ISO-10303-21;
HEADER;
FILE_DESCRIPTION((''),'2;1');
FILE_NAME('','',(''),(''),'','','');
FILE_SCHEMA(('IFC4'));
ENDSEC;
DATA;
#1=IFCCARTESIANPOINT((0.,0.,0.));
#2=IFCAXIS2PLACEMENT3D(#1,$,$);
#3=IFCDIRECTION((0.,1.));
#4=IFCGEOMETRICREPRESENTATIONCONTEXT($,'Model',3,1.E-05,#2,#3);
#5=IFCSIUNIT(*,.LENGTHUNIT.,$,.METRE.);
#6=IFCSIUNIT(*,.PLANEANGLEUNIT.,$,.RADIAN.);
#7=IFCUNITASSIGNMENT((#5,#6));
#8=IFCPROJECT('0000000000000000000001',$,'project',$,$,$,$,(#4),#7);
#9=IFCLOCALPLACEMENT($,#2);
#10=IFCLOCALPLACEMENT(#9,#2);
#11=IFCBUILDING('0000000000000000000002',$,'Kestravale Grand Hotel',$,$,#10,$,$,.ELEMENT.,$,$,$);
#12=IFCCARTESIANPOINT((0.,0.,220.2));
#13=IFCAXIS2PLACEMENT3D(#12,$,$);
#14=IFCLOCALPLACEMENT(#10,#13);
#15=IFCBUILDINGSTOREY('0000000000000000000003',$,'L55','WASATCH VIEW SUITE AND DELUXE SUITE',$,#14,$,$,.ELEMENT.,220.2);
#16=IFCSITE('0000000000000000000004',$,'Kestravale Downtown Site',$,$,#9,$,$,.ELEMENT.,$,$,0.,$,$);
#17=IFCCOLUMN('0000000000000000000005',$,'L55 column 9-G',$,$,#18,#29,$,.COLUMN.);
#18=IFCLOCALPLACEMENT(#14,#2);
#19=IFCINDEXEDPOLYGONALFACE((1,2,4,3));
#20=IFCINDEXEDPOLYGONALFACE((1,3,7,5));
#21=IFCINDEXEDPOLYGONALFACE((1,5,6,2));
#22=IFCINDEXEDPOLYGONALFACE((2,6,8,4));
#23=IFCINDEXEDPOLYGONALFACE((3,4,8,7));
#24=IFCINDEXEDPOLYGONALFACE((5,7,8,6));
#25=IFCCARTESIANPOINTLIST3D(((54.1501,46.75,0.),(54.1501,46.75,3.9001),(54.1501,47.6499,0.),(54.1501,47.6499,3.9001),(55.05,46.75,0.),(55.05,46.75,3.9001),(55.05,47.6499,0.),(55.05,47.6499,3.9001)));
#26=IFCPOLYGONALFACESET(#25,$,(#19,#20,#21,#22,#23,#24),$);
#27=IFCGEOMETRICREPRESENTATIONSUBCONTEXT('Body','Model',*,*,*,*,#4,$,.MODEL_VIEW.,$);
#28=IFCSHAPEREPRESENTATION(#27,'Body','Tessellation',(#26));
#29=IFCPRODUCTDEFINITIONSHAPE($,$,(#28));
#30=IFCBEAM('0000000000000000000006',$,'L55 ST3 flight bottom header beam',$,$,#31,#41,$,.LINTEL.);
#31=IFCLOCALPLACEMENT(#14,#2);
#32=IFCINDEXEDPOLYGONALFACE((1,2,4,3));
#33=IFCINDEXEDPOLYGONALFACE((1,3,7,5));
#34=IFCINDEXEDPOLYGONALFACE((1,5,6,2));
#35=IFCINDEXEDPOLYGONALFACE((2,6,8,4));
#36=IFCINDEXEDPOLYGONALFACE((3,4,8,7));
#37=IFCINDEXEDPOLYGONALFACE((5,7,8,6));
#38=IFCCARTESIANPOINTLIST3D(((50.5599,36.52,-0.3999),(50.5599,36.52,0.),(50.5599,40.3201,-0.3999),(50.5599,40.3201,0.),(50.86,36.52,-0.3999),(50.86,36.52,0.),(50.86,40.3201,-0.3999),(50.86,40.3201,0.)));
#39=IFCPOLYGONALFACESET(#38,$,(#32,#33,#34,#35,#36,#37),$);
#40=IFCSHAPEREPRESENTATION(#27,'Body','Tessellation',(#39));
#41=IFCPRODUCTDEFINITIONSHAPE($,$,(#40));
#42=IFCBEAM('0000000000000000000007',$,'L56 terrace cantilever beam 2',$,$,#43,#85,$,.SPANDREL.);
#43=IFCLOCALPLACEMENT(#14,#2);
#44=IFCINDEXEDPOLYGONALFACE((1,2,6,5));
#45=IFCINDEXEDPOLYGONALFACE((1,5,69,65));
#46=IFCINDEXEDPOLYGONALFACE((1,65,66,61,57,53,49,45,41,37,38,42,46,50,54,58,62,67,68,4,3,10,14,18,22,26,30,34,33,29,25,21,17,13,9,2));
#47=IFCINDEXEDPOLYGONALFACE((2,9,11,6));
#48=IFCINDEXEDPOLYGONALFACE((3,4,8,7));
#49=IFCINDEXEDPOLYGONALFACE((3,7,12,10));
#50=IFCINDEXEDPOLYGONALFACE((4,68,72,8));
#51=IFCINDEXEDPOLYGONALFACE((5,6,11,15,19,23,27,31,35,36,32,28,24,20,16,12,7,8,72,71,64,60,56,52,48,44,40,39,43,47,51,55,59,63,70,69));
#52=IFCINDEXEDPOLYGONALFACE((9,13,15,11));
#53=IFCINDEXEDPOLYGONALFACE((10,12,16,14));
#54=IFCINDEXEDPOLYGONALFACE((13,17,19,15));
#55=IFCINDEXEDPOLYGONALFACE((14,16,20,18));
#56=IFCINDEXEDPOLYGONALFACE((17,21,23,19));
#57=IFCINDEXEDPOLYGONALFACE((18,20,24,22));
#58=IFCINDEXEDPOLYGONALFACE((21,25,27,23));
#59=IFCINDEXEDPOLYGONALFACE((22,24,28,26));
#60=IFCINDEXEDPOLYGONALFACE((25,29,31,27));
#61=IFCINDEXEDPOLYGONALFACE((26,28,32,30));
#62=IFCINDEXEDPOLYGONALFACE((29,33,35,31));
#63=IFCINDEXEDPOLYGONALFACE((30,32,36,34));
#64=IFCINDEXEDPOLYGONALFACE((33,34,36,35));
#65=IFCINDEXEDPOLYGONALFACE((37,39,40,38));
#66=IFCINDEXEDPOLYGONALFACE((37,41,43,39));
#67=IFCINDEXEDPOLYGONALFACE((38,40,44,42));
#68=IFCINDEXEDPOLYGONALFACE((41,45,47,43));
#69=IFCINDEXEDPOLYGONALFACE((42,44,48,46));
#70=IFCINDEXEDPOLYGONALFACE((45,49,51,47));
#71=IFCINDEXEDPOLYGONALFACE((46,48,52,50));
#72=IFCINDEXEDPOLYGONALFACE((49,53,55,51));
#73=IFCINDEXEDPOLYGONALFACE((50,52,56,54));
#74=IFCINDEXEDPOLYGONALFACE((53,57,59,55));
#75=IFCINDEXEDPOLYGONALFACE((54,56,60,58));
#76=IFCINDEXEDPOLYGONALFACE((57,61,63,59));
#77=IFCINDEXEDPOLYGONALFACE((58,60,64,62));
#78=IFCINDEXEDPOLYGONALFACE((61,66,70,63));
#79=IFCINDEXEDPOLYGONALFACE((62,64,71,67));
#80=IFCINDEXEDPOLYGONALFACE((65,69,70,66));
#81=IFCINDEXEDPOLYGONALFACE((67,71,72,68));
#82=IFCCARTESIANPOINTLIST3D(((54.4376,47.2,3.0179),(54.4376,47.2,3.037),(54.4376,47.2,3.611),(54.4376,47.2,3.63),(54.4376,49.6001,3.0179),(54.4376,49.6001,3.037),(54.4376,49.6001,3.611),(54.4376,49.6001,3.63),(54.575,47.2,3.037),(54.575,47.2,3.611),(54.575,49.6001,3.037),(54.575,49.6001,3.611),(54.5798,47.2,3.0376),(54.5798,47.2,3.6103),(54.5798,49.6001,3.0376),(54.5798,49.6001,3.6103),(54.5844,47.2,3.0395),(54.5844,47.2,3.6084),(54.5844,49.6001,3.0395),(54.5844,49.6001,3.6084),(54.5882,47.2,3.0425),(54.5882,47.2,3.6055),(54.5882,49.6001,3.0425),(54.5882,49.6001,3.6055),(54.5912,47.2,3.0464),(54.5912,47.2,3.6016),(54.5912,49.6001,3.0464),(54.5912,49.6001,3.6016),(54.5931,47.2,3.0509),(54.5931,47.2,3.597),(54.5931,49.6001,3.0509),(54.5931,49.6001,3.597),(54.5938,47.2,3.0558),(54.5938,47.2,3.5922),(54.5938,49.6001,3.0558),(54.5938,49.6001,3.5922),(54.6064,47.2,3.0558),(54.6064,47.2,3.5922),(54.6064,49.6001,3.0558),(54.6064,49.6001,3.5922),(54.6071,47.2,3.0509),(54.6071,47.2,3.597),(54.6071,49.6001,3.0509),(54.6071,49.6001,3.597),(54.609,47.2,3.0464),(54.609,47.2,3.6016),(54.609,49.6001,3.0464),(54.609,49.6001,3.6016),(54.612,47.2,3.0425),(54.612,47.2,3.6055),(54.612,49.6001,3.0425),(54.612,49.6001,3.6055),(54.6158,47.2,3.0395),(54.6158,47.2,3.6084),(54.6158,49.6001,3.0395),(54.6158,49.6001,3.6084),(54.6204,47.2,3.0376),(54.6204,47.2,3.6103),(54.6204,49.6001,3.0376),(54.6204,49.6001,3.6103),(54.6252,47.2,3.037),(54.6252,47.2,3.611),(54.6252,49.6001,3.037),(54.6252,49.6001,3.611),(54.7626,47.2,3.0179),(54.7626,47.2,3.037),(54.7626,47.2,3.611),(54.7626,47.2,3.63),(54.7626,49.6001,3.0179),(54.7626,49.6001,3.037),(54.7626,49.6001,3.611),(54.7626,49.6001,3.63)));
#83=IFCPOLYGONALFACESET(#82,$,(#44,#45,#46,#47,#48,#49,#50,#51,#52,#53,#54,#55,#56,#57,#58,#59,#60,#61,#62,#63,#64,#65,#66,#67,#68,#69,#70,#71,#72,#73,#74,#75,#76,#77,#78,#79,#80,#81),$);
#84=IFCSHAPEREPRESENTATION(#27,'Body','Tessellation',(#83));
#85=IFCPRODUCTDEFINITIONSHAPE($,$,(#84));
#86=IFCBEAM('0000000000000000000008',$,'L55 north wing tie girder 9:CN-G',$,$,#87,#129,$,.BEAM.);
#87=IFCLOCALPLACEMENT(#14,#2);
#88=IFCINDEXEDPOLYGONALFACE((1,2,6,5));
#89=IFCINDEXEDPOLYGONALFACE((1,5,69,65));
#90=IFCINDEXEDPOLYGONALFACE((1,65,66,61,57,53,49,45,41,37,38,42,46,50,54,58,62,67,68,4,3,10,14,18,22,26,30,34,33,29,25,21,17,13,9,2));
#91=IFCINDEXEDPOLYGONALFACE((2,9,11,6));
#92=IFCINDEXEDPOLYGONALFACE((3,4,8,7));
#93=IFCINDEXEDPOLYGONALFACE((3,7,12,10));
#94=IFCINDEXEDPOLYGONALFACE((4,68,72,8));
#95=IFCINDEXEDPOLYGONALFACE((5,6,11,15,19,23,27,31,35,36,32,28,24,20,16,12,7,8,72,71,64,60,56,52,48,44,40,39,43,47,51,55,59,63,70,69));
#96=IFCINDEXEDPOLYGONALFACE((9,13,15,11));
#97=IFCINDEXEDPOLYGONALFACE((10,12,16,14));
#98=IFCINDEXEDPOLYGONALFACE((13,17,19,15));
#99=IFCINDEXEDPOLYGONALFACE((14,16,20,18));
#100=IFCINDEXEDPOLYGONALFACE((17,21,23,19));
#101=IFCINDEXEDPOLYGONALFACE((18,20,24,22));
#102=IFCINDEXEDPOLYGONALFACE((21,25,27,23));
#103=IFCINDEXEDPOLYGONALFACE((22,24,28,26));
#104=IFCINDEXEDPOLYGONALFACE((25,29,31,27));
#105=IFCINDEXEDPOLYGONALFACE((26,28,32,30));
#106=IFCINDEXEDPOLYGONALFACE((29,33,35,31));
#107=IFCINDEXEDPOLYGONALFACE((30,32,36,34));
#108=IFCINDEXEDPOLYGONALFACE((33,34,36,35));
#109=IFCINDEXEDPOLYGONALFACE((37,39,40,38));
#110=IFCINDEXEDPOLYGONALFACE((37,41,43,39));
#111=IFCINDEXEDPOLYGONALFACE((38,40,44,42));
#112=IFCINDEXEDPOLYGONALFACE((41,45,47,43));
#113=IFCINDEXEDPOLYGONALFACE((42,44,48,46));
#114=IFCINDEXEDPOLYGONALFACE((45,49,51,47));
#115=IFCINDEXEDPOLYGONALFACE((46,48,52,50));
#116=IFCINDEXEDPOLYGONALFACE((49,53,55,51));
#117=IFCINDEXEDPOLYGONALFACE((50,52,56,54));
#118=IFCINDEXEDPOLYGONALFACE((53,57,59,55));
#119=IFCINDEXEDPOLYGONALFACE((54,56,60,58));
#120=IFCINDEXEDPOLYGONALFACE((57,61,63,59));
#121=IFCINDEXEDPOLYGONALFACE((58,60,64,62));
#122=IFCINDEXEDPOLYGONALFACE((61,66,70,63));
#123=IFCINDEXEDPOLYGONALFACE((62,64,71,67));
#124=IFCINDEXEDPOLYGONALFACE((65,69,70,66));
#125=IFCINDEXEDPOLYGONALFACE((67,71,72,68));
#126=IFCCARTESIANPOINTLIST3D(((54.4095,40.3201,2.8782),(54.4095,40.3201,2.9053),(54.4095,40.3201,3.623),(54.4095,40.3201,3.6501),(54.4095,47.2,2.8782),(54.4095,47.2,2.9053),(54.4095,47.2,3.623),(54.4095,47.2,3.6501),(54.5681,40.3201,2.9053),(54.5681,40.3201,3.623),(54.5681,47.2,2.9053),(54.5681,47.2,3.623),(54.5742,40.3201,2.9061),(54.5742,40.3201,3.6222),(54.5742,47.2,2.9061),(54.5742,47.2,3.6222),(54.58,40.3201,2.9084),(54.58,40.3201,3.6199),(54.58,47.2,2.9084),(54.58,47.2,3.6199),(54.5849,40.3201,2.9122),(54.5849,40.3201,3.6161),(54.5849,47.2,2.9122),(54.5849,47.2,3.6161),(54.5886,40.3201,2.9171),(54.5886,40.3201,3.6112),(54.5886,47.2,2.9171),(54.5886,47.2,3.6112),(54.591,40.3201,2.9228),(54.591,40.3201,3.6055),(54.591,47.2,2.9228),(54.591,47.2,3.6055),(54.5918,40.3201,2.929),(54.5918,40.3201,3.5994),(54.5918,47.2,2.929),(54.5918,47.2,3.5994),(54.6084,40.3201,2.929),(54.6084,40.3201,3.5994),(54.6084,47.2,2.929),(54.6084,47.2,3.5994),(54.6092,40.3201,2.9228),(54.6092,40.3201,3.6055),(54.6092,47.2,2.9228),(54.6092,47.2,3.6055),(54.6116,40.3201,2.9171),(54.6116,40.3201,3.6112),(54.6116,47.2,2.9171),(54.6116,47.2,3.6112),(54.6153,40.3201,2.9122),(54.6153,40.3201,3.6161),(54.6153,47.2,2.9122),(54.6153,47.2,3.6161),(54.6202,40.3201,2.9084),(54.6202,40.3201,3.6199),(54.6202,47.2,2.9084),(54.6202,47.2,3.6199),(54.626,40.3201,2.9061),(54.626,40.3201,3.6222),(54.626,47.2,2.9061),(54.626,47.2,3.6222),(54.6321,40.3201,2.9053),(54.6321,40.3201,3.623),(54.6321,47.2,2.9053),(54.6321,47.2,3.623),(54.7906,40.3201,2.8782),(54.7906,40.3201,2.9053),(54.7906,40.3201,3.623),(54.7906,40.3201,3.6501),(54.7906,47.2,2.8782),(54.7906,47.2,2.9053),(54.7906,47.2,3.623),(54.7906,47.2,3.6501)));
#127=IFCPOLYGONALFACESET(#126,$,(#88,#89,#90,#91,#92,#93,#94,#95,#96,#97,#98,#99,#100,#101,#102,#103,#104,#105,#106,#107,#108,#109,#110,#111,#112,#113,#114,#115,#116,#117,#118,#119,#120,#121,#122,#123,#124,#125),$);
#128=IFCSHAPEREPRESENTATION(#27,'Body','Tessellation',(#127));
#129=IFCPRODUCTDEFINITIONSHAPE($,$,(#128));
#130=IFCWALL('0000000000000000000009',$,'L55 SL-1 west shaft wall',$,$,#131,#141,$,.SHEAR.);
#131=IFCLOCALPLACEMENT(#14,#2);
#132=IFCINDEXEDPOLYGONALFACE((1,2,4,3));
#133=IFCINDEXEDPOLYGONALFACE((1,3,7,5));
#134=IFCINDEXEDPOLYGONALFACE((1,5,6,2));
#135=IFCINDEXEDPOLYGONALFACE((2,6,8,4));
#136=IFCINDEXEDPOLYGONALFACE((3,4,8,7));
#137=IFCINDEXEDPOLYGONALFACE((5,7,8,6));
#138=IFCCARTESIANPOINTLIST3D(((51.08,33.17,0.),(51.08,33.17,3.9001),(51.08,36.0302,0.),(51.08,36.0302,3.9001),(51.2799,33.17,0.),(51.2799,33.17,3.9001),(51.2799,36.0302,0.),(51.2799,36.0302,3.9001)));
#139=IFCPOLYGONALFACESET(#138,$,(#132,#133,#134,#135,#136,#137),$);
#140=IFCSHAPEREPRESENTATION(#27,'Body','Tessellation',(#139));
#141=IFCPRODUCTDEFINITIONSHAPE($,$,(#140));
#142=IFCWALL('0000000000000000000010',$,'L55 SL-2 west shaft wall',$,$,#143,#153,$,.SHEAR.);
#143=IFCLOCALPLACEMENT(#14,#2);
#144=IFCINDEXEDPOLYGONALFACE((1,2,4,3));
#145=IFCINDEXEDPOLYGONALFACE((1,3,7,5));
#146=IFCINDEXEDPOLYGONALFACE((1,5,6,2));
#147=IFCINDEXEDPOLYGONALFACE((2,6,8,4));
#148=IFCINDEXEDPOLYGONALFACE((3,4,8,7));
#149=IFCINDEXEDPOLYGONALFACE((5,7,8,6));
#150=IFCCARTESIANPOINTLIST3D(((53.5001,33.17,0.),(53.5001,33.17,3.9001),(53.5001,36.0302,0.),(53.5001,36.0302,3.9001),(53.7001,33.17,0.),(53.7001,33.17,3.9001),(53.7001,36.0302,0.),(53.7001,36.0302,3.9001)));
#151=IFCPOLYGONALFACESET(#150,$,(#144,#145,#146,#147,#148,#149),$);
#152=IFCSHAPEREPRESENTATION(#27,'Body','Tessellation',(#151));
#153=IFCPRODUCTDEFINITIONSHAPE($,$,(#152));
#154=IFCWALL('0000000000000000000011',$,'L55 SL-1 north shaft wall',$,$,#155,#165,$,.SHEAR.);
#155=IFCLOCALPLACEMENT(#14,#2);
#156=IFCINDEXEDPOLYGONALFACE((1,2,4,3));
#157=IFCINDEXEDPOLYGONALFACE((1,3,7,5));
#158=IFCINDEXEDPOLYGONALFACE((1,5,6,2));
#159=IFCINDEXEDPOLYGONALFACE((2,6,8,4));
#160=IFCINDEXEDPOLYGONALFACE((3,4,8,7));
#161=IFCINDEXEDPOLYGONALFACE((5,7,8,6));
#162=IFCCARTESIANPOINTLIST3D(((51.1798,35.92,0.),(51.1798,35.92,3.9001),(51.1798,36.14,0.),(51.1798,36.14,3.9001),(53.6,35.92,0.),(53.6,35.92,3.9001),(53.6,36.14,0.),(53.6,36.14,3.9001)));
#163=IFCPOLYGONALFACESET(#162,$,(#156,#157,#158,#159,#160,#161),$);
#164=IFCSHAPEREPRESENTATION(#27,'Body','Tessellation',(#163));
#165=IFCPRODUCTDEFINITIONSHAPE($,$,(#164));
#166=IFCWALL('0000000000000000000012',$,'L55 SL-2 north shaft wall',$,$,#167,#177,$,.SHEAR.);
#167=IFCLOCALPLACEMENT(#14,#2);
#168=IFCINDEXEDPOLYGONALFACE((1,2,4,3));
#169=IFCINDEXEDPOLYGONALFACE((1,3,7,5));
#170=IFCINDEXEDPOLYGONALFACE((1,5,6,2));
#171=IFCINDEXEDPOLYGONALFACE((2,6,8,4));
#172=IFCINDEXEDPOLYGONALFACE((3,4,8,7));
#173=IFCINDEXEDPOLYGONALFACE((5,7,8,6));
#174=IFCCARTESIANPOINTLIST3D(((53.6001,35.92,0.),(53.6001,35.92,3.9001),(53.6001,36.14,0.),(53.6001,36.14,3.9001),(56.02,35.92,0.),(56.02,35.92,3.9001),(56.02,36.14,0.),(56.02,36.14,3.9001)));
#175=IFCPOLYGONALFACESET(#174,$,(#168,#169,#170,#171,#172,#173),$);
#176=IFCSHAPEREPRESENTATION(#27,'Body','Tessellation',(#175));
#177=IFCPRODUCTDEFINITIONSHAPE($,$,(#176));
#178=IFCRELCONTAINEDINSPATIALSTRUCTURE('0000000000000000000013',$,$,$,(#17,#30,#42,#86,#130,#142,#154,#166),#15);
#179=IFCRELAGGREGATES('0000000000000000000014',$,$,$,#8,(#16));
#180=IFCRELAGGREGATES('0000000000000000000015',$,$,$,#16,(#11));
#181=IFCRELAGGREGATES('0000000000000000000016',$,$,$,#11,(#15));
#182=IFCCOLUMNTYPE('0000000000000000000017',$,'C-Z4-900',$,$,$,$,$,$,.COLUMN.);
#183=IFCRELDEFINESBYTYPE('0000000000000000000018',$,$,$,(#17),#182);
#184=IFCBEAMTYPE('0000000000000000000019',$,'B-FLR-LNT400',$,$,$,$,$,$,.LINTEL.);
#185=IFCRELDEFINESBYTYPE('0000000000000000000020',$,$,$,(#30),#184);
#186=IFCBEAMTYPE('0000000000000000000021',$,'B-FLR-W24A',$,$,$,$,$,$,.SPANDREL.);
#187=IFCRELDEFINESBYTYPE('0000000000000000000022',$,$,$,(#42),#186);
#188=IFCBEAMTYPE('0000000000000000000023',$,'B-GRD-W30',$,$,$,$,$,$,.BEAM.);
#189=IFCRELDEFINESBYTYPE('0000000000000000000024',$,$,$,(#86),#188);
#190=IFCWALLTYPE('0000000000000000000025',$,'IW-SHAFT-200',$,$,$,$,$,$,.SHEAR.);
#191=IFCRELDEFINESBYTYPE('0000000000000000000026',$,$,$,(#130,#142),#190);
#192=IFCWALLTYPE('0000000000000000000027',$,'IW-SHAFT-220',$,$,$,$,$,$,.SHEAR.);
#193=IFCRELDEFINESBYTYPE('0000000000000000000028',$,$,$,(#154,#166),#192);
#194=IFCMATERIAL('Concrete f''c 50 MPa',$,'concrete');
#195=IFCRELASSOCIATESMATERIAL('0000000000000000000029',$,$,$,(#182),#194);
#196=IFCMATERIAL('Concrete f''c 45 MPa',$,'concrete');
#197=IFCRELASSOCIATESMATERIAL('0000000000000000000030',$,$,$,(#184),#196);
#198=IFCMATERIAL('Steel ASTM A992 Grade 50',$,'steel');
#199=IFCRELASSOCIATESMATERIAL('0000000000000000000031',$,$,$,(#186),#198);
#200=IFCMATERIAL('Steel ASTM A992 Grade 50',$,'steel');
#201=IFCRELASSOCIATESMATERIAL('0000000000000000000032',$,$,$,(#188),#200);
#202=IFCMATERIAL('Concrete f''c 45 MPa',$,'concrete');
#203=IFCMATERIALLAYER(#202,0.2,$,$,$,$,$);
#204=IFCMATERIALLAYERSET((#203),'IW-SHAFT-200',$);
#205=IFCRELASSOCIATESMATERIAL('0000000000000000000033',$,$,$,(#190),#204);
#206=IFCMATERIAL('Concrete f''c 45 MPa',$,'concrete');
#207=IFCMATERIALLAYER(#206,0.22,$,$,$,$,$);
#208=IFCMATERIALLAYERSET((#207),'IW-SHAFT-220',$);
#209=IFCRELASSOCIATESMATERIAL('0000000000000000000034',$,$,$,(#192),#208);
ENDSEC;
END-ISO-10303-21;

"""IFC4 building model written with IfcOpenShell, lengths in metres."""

from ifc_helpers import new_model, si_unit, direction, frame, frame_2d, origin, origin_2d, place, context, subcontext, project, spatial, rectangle, i_section, extrude, material, layer, layer_set, material_profile, profile_set, type_object, element, save


model = new_model("IFC4")

# Units and contexts
model_context = context("Model", 3, precision=1e-05, world=origin(), true_north=direction((0.0, 1.0)))
body_context = subcontext(model_context, "Body", "Model", "MODEL_VIEW")
ifc_project = project(units=[si_unit("LENGTHUNIT", "METRE"), si_unit("PLANEANGLEUNIT", "RADIAN")], contexts=[model_context])

# Site, building, storey
site_placement = place(None, origin())
site = spatial("IfcSite", under=ifc_project, at=site_placement, Name="Kestravale Downtown Site", CompositionType="ELEMENT", RefElevation=0.0)
building_placement = place(site_placement, origin())
building = spatial("IfcBuilding", under=site, at=building_placement, Name="Kestravale Grand Hotel", CompositionType="ELEMENT")
storey_placement = place(building_placement, frame((0.0, 0.0, 220.2)))
storey = spatial("IfcBuildingStorey", under=building, at=storey_placement, Name="L55", Description="WASATCH VIEW SUITE AND DELUXE SUITE", CompositionType="ELEMENT", Elevation=220.2)

# Column
ifc_material_1 = material(Name="Concrete f'c 50 MPa", Category="concrete")
ifc_material_profile_1 = material_profile(ifc_material_1, rectangle(XDim=0.8999, YDim=0.8999, at=origin_2d()))
ifc_profile_set_1 = profile_set([ifc_material_profile_1], Name="Concrete f'c 50 MPa")
column_type = type_object("IfcColumnType", Name="C-Z4-900", PredefinedType="COLUMN", material=ifc_profile_set_1)
column_placement = place(storey_placement, frame((54.6001, 47.2, 0.0), z_axis=(0.0, 0.0, 1.0), x_axis=(1.0, 0.0, 0.0)))
element("IfcColumn", 1, at=column_placement, inside=storey, type_object=column_type, Name="L55 column 9-G", PredefinedType="COLUMN", context=body_context, shape_type="SweptSolid", body=[
    extrude(rectangle(XDim=0.8999, YDim=0.8999, at=origin_2d()), origin(), (0.0, 0.0, 1.0), 3.9001),
])

# Beams
ifc_material_2 = material(Name="Concrete f'c 45 MPa", Category="concrete")
ifc_material_profile_2 = material_profile(ifc_material_2, rectangle(XDim=0.3, YDim=0.3999, at=origin_2d()))
ifc_profile_set_2 = profile_set([ifc_material_profile_2], Name="Concrete f'c 45 MPa")
beam_type_1 = type_object("IfcBeamType", Name="B-FLR-LNT400", PredefinedType="LINTEL", material=ifc_profile_set_2)
beam_1_placement = place(storey_placement, frame((50.71, 36.52, -0.2), z_axis=(0.0, 1.0, 0.0), x_axis=(-1.0, 0.0, 0.0)))
element("IfcBeam", 2, at=beam_1_placement, inside=storey, type_object=beam_type_1, Name="L55 ST3 flight bottom header beam", PredefinedType="LINTEL", context=body_context, shape_type="SweptSolid", body=[
    extrude(rectangle(XDim=0.3, YDim=0.3999, at=origin_2d()), origin(), (0.0, 0.0, 1.0), 3.8),
])
ifc_material_3 = material(Name="Steel ASTM A992 Grade 50", Category="steel")
ifc_material_profile_3 = material_profile(ifc_material_3, i_section(OverallWidth=0.325, OverallDepth=0.6121, WebThickness=0.0127, FlangeThickness=0.019, FilletRadius=0.0188, at=origin_2d()))
ifc_profile_set_3 = profile_set([ifc_material_profile_3], Name="Steel ASTM A992 Grade 50")
beam_type_2 = type_object("IfcBeamType", Name="B-FLR-W24A", PredefinedType="SPANDREL", material=ifc_profile_set_3)
beam_2_placement = place(storey_placement, frame((54.6001, 47.2, 3.324), z_axis=(0.0, 1.0, 0.0), x_axis=(-1.0, 0.0, 0.0)))
element("IfcBeam", 3, at=beam_2_placement, inside=storey, type_object=beam_type_2, Name="L56 terrace cantilever beam 2", PredefinedType="SPANDREL", context=body_context, shape_type="SweptSolid", body=[
    extrude(i_section(OverallWidth=0.325, OverallDepth=0.6121, WebThickness=0.0127, FlangeThickness=0.019, FilletRadius=0.0188, at=origin_2d()), origin(), (0.0, 0.0, 1.0), 2.4001),
])
ifc_material_4 = material(Name="Steel ASTM A992 Grade 50", Category="steel")
ifc_material_profile_4 = material_profile(ifc_material_4, i_section(OverallWidth=0.3811, OverallDepth=0.772, WebThickness=0.0166, FlangeThickness=0.0271, FilletRadius=0.0237, at=origin_2d()))
ifc_profile_set_4 = profile_set([ifc_material_profile_4], Name="Steel ASTM A992 Grade 50")
beam_type_3 = type_object("IfcBeamType", Name="B-GRD-W30", PredefinedType="BEAM", material=ifc_profile_set_4)
beam_3_placement = place(storey_placement, frame((54.6001, 40.3201, 3.2642), z_axis=(0.0, 1.0, 0.0), x_axis=(-1.0, 0.0, 0.0)))
element("IfcBeam", 4, at=beam_3_placement, inside=storey, type_object=beam_type_3, Name="L55 north wing tie girder 9:CN-G", PredefinedType="BEAM", context=body_context, shape_type="SweptSolid", body=[
    extrude(i_section(OverallWidth=0.3811, OverallDepth=0.772, WebThickness=0.0166, FlangeThickness=0.0271, FilletRadius=0.0237, at=origin_2d()), origin(), (0.0, 0.0, 1.0), 6.8799),
])

# Walls
ifc_material_5 = material(Name="Concrete f'c 45 MPa", Category="concrete")
ifc_layer_1 = layer(ifc_material_5, 0.2)
ifc_layer_set_1 = layer_set([ifc_layer_1], Name="IW-SHAFT-200")
wall_type_1 = type_object("IfcWallType", Name="IW-SHAFT-200", PredefinedType="SHEAR", material=ifc_layer_set_1)
for number, where, z_axis, x_axis, name in (
    (5, (51.1799, 33.1699, 0.0), (0.0, 0.0, 1.0), (0.0, 1.0, 0.0), "L55 SL-1 west shaft wall"),
    (6, (53.6001, 33.1699, 0.0), (0.0, 0.0, 1.0), (0.0, 1.0, 0.0), "L55 SL-2 west shaft wall"),
):
    element("IfcWall", number, at=place(storey_placement, frame(where, z_axis=z_axis, x_axis=x_axis)), inside=storey, type_object=wall_type_1, Name=name, PredefinedType="SHEAR", context=body_context, shape_type="SweptSolid", body=[
        extrude(rectangle(XDim=2.8601, YDim=0.2, at=frame_2d((1.4302, 0.0))), origin(), (0.0, 0.0, 1.0), 3.9001),
    ])
ifc_material_6 = material(Name="Concrete f'c 45 MPa", Category="concrete")
ifc_layer_2 = layer(ifc_material_6, 0.22)
ifc_layer_set_2 = layer_set([ifc_layer_2], Name="IW-SHAFT-220")
wall_type_2 = type_object("IfcWallType", Name="IW-SHAFT-220", PredefinedType="SHEAR", material=ifc_layer_set_2)
wall_1_placement = place(storey_placement, frame((51.1799, 36.03, 0.0), z_axis=(0.0, 0.0, 1.0), x_axis=(1.0, 0.0, 0.0)))
element("IfcWall", 7, at=wall_1_placement, inside=storey, type_object=wall_type_2, Name="L55 SL-1 north shaft wall", PredefinedType="SHEAR", context=body_context, shape_type="SweptSolid", body=[
    extrude(rectangle(XDim=2.4202, YDim=0.22, at=frame_2d((1.21, 0.0))), origin(), (0.0, 0.0, 1.0), 3.9001),
])

# Wall
wall_2_placement = place(storey_placement, frame((53.6001, 36.03, 0.0), z_axis=(0.0, 0.0, 1.0), x_axis=(1.0, 0.0, 0.0)))
element("IfcWall", 8, at=wall_2_placement, inside=storey, type_object=wall_type_2, Name="L55 SL-2 north shaft wall", PredefinedType="SHEAR", context=body_context, shape_type="SweptSolid", body=[
    extrude(rectangle(XDim=2.4199, YDim=0.22, at=frame_2d((1.21, 0.0))), origin(), (0.0, 0.0, 1.0), 3.9001),
])

save(model, "model.ifc")
